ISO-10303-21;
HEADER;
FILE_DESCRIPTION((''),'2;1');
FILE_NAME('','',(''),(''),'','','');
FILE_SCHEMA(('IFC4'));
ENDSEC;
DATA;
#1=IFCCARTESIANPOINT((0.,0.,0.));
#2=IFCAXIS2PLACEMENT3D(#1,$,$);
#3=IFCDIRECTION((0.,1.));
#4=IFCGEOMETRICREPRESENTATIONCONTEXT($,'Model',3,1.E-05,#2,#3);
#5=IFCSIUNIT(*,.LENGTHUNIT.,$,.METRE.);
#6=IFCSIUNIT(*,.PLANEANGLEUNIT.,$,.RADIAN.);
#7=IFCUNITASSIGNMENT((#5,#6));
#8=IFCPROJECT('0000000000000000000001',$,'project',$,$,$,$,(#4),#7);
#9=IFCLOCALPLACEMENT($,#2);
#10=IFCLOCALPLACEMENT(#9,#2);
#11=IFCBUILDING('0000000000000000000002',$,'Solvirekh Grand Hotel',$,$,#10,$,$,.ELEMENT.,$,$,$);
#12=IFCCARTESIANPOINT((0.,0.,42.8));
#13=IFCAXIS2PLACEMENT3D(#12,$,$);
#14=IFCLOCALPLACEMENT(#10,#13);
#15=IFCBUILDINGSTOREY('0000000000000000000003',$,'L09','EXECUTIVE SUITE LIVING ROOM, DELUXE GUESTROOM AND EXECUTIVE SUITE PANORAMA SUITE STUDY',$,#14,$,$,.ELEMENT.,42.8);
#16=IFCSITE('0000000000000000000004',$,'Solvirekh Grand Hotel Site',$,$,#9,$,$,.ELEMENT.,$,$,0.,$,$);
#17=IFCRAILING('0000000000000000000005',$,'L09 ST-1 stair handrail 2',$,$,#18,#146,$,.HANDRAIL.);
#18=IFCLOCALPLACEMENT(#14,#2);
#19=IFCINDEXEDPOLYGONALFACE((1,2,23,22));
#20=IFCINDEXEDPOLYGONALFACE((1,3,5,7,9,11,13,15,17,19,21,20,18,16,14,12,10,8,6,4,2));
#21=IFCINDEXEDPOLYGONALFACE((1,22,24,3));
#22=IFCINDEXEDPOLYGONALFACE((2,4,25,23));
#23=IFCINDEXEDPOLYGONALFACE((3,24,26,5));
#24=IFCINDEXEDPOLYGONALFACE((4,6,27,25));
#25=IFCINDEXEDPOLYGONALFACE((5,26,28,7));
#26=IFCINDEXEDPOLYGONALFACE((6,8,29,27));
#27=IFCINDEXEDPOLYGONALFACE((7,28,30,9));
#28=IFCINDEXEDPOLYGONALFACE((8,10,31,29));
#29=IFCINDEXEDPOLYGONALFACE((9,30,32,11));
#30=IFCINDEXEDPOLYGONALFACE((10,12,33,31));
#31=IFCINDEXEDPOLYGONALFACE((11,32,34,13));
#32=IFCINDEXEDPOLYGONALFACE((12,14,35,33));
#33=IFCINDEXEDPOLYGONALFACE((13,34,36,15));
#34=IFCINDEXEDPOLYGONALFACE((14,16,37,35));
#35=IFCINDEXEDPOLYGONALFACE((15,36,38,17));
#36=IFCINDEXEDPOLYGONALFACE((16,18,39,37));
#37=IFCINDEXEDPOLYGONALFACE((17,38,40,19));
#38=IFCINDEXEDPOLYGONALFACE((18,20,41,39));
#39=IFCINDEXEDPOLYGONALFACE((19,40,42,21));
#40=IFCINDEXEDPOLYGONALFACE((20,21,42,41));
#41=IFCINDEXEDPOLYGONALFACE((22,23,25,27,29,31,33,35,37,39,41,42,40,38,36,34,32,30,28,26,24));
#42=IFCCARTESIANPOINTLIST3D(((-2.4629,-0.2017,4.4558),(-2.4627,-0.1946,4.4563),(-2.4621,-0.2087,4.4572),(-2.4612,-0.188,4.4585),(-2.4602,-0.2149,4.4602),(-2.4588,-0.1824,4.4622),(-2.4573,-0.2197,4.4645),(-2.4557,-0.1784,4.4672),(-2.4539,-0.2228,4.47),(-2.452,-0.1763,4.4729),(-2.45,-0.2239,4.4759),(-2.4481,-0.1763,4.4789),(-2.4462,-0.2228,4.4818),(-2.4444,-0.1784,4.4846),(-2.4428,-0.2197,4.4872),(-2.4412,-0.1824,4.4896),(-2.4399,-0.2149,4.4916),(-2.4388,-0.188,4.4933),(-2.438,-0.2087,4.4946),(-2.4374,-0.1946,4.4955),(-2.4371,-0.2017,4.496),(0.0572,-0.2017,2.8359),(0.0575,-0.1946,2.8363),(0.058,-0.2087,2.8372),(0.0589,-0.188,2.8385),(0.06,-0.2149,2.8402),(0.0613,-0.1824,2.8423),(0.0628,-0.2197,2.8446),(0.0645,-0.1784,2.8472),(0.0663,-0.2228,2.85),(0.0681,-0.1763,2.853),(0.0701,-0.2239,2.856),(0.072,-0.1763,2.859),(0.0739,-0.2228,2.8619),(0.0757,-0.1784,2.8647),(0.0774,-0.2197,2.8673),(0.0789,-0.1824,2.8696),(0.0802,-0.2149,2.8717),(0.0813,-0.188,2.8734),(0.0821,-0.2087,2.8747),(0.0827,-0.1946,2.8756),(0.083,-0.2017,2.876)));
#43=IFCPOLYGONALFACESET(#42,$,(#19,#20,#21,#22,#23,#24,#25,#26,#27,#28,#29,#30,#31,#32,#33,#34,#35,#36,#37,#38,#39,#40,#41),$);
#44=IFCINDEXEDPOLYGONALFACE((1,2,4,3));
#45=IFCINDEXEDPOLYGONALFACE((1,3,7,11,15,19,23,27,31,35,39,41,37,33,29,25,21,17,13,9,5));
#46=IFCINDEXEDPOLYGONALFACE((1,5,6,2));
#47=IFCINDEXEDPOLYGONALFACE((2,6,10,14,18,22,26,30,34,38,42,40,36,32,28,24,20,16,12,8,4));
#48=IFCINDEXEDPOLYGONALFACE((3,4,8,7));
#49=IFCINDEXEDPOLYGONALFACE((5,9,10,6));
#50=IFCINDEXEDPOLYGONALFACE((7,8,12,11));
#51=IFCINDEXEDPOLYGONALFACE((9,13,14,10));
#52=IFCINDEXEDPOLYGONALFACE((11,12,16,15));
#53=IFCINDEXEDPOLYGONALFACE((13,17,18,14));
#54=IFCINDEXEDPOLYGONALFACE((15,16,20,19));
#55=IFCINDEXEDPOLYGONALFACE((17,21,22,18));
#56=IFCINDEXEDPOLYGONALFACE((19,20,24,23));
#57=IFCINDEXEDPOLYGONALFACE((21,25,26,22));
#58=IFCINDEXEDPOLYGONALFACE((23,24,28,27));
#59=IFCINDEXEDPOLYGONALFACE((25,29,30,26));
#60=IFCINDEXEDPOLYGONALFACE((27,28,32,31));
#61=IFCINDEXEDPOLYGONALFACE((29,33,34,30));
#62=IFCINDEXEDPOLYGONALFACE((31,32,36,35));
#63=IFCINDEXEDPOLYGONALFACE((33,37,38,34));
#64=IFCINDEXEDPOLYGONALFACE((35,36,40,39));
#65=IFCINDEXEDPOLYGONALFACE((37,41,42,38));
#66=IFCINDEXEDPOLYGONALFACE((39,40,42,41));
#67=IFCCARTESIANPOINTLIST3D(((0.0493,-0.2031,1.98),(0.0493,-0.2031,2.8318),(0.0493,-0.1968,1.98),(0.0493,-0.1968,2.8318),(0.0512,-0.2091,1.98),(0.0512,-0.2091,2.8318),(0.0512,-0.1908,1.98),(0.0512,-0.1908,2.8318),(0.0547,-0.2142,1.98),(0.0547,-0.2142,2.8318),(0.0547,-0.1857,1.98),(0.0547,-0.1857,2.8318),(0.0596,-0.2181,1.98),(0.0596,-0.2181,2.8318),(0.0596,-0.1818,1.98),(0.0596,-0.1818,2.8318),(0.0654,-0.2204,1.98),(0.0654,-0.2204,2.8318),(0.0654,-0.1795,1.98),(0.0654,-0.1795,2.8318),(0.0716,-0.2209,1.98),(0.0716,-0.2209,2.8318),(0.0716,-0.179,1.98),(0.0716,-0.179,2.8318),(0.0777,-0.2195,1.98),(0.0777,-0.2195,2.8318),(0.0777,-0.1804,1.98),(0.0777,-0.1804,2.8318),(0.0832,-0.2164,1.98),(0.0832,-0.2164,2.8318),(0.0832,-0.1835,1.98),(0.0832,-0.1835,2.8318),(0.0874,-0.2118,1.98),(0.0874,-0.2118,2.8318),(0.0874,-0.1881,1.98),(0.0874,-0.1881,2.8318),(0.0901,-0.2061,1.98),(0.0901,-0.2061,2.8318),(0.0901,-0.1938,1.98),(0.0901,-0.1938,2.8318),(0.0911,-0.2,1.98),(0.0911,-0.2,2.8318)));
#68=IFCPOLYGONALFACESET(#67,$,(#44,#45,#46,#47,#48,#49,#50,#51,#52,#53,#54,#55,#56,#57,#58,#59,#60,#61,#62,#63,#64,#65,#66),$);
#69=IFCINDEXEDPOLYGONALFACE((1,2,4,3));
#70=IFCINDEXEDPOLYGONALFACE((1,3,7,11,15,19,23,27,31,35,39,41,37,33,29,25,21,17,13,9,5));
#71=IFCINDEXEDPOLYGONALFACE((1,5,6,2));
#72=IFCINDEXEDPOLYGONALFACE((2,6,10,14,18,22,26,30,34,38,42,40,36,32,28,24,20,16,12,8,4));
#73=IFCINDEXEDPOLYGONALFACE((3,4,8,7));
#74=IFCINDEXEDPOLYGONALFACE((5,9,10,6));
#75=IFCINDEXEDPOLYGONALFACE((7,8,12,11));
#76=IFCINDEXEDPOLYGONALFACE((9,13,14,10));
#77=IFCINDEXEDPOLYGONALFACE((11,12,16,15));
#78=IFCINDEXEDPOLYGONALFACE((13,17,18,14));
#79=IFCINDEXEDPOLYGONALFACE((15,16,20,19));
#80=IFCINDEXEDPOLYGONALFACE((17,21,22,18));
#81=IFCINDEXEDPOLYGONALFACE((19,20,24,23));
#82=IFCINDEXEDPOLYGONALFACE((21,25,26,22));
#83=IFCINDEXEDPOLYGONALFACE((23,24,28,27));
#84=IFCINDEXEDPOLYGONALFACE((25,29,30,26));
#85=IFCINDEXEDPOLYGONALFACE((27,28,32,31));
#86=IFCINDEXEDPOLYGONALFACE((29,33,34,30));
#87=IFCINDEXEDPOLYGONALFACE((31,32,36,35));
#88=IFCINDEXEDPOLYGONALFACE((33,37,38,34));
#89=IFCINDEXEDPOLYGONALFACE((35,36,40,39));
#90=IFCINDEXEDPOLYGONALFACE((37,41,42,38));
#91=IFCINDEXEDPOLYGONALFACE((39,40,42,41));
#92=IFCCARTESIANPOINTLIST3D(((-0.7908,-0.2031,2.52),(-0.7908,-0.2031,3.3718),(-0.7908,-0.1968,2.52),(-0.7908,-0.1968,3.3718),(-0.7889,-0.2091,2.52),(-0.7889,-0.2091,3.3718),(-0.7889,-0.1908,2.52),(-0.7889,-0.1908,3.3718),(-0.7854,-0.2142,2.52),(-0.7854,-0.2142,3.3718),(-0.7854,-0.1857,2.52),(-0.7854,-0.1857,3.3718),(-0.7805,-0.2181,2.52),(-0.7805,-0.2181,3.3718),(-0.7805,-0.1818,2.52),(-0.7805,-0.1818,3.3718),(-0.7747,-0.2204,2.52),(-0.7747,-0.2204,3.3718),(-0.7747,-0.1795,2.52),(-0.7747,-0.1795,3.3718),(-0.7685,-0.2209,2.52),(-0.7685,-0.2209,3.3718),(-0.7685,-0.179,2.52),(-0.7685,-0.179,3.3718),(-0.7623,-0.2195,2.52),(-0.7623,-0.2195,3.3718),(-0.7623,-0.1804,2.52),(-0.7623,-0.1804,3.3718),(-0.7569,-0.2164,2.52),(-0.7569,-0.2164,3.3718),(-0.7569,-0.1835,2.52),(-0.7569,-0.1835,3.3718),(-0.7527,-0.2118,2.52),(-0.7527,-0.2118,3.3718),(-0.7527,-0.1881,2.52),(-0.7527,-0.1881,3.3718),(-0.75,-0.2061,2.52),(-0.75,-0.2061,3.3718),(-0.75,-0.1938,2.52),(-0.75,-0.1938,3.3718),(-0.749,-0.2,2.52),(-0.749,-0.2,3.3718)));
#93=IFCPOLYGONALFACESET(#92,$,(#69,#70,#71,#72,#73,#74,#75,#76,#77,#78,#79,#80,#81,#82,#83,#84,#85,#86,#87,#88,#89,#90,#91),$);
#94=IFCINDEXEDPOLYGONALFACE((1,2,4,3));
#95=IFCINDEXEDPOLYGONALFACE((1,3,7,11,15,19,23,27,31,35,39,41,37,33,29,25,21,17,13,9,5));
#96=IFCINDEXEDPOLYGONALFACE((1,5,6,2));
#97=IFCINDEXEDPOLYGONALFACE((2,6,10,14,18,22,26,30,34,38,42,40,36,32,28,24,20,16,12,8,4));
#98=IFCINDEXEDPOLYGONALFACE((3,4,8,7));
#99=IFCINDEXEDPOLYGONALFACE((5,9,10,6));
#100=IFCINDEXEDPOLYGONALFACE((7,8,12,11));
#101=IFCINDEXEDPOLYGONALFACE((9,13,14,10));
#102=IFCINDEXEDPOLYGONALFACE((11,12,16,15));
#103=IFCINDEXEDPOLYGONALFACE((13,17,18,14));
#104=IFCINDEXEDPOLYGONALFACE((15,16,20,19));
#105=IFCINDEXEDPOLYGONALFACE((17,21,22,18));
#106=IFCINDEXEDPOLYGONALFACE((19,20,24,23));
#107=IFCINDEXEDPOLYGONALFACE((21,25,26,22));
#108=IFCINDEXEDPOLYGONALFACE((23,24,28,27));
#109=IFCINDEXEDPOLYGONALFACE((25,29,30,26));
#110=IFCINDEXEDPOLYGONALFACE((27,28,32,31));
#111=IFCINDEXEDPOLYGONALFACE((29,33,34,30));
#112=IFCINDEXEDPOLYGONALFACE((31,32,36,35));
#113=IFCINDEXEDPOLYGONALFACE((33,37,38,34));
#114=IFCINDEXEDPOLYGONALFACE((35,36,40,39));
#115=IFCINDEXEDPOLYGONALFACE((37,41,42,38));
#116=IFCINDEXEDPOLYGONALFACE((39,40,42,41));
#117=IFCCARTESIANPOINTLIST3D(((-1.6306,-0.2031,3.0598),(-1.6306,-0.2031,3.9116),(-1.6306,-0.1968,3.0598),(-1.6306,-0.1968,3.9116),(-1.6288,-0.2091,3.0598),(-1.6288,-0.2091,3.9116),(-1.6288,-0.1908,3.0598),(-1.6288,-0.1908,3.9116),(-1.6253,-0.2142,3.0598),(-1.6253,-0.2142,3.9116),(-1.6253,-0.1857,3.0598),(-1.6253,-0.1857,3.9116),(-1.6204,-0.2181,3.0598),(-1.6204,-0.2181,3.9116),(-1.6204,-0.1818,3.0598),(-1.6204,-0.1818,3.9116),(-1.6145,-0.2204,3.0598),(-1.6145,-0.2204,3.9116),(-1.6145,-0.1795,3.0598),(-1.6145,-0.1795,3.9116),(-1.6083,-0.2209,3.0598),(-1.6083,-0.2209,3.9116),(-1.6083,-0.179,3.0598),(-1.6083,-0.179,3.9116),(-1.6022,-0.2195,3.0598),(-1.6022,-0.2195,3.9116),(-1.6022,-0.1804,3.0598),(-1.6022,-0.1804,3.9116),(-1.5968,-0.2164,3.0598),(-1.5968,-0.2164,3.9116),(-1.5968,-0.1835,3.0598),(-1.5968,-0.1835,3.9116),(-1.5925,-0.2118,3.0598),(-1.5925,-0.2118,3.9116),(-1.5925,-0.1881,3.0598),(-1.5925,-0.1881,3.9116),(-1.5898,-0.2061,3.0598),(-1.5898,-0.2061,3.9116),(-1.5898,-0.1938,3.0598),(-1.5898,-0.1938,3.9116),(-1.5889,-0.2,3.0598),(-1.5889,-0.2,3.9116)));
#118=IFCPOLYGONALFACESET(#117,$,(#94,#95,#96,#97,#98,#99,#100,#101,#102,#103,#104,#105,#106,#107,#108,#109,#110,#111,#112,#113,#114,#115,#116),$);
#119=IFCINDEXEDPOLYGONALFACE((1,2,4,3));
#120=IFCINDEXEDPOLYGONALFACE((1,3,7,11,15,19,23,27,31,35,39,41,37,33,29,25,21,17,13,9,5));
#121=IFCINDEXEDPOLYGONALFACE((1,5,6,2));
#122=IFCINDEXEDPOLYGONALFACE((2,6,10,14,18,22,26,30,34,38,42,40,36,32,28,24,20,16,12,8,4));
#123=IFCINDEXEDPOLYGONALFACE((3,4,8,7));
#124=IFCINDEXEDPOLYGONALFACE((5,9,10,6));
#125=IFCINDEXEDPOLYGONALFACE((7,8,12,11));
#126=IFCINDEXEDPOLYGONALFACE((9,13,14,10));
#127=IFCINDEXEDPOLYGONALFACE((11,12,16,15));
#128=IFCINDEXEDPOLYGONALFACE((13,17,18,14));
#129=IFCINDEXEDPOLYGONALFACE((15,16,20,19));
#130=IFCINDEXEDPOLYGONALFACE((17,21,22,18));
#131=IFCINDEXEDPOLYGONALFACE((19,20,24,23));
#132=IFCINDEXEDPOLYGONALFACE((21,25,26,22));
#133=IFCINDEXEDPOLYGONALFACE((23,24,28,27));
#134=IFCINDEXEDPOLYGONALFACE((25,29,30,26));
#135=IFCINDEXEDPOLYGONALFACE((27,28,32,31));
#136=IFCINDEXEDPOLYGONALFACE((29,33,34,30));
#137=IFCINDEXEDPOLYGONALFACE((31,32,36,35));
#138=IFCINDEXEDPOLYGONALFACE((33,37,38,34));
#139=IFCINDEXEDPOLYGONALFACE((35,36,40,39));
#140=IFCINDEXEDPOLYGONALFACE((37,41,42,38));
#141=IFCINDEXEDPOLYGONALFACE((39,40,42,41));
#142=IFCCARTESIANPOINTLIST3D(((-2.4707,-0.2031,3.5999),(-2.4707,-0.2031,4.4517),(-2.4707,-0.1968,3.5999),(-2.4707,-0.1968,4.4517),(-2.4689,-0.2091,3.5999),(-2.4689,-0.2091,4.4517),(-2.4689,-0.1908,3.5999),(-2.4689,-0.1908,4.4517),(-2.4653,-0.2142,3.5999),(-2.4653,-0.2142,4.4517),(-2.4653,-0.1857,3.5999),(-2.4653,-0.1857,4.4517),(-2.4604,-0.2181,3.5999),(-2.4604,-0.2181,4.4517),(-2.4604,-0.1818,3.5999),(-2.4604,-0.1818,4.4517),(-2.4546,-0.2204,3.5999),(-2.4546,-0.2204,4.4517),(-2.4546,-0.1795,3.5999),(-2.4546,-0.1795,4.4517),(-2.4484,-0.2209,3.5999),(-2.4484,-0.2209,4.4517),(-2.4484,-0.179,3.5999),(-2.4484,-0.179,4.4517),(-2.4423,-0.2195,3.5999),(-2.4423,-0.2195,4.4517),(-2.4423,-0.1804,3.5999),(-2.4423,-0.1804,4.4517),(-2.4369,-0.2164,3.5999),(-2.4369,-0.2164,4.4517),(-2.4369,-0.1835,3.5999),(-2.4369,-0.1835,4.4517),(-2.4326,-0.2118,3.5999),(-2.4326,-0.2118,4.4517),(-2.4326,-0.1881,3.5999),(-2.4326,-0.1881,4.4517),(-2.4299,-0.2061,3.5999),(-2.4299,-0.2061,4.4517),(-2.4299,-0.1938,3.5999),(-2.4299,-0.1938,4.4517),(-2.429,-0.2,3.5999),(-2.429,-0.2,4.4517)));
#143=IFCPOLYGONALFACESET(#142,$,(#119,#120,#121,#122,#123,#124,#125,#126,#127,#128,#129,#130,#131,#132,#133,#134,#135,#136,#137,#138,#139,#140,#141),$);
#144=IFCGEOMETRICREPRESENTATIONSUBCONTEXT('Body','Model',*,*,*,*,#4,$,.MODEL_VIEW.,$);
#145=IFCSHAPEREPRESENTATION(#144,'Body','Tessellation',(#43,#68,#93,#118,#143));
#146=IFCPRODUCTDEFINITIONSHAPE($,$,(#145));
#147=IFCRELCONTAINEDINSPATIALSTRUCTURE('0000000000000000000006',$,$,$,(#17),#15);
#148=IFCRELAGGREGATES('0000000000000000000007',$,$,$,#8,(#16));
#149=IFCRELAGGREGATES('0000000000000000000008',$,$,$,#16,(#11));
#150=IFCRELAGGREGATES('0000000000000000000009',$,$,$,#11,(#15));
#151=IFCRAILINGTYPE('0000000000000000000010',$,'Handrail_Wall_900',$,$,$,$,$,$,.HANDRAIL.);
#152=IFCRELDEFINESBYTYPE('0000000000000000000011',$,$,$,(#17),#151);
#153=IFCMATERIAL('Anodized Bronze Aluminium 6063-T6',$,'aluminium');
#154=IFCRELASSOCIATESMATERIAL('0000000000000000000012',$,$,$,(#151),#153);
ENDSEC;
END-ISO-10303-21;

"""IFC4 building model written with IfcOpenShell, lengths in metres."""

from ifc_helpers import new_model, si_unit, direction, frame, origin, origin_2d, place, context, subcontext, project, spatial, circle, extrude, material, type_object, element, save


model = new_model("IFC4")

# Units and contexts
model_context = context("Model", 3, precision=1e-05, world=origin(), true_north=direction((0.0, 1.0)))
body_context = subcontext(model_context, "Body", "Model", "MODEL_VIEW")
ifc_project = project(units=[si_unit("LENGTHUNIT", "METRE"), si_unit("PLANEANGLEUNIT", "RADIAN")], contexts=[model_context])

# Site, building, storey
site_placement = place(None, origin())
site = spatial("IfcSite", under=ifc_project, at=site_placement, Name="Solvirekh Grand Hotel Site", CompositionType="ELEMENT", RefElevation=0.0)
building_placement = place(site_placement, origin())
building = spatial("IfcBuilding", under=site, at=building_placement, Name="Solvirekh Grand Hotel", CompositionType="ELEMENT")
storey_placement = place(building_placement, frame((0.0, 0.0, 42.8)))
storey = spatial("IfcBuildingStorey", under=building, at=storey_placement, Name="L09", Description="EXECUTIVE SUITE LIVING ROOM, DELUXE GUESTROOM AND EXECUTIVE SUITE PANORAMA SUITE STUDY", CompositionType="ELEMENT", Elevation=42.8)

# Railing
ifc_material_1 = material(Name="Anodized Bronze Aluminium 6063-T6", Category="aluminium")
railing_type_1 = type_object("IfcRailingType", Name="Handrail_Wall_900", PredefinedType="HANDRAIL", material=ifc_material_1)
railing_1_placement = place(storey_placement, frame((0.0701, -0.2, 1.98)))
element("IfcRailing", 1, at=railing_1_placement, inside=storey, type_object=railing_type_1, Name="L09 ST-1 stair handrail 2", PredefinedType="HANDRAIL", context=body_context, shape_type="SweptSolid", body=[
    extrude(circle(Radius=0.0239, at=origin_2d()), frame((0.0, 0.0, 0.876), z_axis=(-0.8412, 0.0, 0.540725), x_axis=(0.0, -1.0, 0.0)), (0.0, 0.0, 1.0), 2.9958),
    extrude(circle(Radius=0.021, at=origin_2d()), origin(), (0.0, 0.0, 1.0), 0.8518),
    extrude(circle(Radius=0.021, at=origin_2d()), frame((-0.8401, 0.0, 0.54)), (0.0, 0.0, 1.0), 0.8518),
    extrude(circle(Radius=0.021, at=origin_2d()), frame((-1.6799, 0.0, 1.0798)), (0.0, 0.0, 1.0), 0.8518),
    extrude(circle(Radius=0.021, at=origin_2d()), frame((-2.52, 0.0, 1.6199)), (0.0, 0.0, 1.0), 0.8518),
])

save(model, "model.ifc")
